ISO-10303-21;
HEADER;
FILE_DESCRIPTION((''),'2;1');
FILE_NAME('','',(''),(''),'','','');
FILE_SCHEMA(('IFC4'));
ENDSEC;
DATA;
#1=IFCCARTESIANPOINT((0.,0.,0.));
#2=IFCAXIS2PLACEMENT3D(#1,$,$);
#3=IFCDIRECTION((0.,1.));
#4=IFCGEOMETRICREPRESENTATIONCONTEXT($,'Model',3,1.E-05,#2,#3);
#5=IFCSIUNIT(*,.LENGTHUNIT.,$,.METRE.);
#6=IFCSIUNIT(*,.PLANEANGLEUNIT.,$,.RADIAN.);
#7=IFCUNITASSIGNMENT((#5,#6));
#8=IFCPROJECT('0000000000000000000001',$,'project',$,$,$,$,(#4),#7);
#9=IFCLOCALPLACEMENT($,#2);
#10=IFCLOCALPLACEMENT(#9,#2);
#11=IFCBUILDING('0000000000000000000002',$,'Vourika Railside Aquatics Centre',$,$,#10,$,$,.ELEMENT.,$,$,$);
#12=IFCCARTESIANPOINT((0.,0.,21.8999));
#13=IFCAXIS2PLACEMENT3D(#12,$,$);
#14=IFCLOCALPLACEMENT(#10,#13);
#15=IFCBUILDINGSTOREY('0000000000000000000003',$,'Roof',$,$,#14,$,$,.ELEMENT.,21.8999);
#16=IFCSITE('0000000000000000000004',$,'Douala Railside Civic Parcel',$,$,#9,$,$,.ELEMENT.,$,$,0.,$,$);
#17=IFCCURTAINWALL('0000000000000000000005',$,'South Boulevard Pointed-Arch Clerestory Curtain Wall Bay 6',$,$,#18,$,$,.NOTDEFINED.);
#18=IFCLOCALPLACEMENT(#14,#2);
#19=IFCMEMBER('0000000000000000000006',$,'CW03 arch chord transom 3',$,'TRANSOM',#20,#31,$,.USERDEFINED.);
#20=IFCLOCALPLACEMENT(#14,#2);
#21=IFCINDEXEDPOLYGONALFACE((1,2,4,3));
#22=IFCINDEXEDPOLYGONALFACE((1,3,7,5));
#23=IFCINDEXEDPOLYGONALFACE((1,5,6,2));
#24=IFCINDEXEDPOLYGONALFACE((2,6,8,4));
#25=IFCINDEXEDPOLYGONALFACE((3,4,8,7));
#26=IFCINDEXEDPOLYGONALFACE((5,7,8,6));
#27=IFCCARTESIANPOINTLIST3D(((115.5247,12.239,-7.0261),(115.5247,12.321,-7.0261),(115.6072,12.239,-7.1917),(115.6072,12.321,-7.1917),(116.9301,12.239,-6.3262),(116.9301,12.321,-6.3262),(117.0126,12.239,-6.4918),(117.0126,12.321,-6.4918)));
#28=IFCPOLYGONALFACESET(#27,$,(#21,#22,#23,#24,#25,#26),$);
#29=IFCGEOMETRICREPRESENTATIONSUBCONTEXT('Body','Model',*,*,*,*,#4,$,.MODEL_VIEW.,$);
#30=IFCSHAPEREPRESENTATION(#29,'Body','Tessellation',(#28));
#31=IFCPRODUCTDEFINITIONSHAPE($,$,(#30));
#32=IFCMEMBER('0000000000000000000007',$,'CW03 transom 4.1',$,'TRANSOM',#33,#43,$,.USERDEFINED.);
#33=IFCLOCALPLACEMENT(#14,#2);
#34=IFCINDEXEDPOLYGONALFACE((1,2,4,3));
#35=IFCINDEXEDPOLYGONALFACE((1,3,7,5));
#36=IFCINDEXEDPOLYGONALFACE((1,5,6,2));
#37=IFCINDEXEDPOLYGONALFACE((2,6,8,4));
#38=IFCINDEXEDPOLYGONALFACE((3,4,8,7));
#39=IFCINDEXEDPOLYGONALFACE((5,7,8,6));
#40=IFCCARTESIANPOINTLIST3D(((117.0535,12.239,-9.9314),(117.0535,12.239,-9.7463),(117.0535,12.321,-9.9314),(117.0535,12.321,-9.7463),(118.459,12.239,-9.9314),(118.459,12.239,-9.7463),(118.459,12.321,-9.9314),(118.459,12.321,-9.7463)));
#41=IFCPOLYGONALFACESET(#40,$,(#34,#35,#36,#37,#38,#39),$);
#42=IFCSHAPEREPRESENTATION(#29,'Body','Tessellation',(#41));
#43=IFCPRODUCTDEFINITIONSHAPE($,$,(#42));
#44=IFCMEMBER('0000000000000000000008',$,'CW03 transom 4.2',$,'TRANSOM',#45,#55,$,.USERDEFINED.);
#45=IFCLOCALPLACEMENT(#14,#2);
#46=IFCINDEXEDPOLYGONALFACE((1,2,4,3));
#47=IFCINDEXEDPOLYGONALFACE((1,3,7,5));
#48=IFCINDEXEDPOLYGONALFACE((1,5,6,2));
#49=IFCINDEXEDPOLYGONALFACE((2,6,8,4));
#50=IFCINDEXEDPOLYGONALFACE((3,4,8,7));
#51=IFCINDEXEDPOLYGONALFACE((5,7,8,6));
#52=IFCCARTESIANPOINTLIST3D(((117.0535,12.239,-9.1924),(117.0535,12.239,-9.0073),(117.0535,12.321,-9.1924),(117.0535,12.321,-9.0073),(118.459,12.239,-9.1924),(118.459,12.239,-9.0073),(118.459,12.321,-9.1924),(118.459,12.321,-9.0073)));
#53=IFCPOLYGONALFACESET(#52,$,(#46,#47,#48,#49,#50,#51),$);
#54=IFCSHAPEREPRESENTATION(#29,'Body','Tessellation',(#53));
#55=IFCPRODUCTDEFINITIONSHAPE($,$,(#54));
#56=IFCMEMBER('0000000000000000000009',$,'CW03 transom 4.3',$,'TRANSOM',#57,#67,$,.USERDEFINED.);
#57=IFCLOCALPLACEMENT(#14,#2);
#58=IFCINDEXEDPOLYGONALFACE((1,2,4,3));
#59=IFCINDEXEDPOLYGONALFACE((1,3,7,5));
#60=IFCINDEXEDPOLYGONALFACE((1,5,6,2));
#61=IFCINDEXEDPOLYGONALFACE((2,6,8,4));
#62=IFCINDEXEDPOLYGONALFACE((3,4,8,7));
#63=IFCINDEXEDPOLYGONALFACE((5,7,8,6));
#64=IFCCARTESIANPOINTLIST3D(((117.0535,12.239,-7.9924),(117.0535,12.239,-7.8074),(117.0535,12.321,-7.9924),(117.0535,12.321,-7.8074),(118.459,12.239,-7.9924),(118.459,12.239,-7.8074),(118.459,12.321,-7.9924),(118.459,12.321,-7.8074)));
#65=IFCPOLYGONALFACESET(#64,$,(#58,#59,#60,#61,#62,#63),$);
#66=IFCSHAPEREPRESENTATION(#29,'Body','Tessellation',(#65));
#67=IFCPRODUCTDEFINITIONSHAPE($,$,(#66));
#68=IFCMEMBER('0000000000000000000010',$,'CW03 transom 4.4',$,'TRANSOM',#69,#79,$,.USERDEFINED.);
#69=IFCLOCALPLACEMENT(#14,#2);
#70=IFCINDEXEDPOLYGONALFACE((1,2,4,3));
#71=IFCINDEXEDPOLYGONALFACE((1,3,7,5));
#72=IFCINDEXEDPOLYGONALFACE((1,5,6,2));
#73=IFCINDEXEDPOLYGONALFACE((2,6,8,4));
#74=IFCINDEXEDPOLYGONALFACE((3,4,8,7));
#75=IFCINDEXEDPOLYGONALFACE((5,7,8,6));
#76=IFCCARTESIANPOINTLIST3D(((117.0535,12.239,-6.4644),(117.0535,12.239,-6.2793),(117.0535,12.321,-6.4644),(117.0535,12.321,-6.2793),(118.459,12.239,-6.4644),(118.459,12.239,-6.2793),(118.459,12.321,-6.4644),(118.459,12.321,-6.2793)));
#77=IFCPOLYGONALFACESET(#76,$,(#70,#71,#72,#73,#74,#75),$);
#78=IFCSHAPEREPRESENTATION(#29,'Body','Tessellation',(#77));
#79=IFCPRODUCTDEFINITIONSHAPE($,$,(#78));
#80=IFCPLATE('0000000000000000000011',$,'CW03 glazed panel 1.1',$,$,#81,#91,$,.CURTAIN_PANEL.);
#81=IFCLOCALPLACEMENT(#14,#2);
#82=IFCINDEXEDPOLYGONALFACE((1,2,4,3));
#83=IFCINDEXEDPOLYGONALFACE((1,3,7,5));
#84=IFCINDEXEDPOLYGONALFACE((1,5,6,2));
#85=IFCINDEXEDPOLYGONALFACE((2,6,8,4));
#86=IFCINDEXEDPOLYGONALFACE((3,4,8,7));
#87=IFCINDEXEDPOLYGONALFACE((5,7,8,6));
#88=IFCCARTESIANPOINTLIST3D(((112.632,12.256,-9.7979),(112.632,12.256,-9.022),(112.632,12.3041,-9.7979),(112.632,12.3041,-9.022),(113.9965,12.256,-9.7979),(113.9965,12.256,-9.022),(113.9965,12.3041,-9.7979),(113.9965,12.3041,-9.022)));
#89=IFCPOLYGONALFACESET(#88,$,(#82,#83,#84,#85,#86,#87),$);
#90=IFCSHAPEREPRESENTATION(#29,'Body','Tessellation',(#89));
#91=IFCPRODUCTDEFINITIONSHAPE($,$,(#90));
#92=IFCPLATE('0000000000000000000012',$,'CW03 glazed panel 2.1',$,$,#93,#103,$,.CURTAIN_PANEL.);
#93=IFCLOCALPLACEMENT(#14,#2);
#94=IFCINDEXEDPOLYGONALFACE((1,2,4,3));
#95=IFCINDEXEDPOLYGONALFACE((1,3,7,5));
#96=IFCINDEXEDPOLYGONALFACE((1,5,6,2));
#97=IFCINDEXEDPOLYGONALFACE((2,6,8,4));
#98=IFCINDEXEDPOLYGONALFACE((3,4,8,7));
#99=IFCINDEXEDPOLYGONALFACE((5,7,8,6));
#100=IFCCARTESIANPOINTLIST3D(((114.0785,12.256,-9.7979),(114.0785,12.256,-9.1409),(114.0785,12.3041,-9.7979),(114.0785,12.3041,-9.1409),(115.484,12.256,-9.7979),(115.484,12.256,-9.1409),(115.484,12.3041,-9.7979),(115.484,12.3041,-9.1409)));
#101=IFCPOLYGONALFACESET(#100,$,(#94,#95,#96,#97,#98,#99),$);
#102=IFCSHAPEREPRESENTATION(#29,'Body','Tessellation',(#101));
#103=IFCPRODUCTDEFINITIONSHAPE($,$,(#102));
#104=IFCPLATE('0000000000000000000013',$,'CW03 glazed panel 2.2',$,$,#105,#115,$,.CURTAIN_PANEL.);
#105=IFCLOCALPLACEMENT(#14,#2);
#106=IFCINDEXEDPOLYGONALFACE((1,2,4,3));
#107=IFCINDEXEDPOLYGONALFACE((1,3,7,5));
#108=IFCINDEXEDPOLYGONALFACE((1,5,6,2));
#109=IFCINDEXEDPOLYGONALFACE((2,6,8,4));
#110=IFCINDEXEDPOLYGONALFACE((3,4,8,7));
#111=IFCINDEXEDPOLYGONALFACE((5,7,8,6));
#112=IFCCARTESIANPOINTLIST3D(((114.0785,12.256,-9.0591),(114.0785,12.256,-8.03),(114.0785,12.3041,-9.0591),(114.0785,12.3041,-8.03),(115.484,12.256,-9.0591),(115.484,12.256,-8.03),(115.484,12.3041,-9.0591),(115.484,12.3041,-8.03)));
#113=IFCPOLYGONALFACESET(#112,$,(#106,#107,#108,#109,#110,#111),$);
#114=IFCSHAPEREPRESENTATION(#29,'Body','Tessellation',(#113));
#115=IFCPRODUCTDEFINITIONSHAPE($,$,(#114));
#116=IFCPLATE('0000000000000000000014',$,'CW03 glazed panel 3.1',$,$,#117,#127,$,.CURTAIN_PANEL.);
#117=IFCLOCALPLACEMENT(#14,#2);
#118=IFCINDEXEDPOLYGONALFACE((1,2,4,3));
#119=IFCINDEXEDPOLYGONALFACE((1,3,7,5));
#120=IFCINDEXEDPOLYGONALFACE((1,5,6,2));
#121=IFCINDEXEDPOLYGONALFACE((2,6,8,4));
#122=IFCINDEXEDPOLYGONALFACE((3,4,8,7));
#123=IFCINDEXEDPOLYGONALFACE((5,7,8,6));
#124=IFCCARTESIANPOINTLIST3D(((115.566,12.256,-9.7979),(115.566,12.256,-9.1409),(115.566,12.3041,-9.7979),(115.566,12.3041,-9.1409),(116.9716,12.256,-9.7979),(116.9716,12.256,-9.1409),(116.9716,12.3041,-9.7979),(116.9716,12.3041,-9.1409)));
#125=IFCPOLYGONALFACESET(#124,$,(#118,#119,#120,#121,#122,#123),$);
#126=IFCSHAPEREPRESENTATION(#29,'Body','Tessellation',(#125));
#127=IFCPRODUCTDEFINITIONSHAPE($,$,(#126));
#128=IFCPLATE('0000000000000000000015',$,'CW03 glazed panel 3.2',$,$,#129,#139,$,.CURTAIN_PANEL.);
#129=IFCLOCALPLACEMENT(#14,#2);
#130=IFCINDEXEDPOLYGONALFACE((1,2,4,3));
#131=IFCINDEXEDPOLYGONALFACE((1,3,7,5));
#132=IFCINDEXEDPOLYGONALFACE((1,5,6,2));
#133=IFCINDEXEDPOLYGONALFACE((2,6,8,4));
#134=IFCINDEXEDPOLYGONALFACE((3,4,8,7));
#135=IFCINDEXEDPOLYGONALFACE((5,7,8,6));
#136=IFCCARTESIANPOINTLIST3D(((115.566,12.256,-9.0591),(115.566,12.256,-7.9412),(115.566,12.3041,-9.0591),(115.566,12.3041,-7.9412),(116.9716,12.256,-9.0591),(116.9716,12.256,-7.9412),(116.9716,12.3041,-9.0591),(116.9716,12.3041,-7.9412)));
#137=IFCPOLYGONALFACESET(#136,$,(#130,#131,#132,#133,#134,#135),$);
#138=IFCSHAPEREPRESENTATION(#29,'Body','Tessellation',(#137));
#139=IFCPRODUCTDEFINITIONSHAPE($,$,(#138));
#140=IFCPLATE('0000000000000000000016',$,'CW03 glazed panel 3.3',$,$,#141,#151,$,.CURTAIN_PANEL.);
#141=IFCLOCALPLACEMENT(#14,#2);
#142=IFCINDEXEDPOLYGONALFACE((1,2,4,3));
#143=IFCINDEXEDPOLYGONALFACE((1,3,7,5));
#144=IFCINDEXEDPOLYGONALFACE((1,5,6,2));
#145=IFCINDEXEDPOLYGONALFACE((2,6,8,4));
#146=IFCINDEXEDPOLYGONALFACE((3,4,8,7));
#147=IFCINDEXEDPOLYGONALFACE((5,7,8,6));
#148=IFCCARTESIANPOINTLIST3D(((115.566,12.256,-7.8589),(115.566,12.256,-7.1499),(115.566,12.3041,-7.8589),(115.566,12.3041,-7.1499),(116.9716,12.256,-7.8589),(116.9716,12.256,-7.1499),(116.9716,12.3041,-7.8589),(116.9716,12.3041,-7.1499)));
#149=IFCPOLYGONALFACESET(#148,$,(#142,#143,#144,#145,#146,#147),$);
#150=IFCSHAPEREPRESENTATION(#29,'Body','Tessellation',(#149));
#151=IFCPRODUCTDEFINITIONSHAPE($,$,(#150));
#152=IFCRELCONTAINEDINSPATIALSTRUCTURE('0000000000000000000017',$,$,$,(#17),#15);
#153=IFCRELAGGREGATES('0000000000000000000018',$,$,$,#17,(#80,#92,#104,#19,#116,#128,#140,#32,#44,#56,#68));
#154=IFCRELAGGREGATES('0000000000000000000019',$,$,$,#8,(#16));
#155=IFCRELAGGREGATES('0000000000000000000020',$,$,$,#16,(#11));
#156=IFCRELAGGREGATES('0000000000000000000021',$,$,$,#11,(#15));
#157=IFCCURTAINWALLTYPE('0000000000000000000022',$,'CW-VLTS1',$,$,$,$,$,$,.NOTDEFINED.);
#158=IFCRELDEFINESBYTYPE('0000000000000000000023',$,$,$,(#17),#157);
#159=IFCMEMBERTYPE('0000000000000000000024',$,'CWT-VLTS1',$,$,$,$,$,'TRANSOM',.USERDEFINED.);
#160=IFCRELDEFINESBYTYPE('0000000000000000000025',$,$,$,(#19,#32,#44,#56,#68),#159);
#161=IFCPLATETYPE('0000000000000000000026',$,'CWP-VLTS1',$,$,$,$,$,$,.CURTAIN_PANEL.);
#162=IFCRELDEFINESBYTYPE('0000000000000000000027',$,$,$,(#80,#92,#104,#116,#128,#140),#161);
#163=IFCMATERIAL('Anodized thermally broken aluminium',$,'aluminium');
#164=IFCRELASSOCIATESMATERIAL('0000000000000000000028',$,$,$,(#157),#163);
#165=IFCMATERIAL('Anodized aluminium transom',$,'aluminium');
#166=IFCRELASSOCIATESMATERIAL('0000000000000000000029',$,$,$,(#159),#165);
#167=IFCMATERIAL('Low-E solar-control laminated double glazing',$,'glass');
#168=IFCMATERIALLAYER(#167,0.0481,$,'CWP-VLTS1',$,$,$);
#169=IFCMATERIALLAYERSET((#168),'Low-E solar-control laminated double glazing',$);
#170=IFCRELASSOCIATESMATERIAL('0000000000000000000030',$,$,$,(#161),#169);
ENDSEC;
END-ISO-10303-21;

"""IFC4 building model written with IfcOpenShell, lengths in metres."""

from ifc_helpers import new_model, si_unit, direction, frame, origin, origin_2d, place, context, subcontext, project, spatial, rectangle, extrude, material, layer, layer_set, material_profile, profile_set, type_object, element, aggregate, save


model = new_model("IFC4")

# Units and contexts
model_context = context("Model", 3, precision=1e-05, world=origin(), true_north=direction((0.0, 1.0)))
body_context = subcontext(model_context, "Body", "Model", "MODEL_VIEW")
ifc_project = project(units=[si_unit("LENGTHUNIT", "METRE"), si_unit("PLANEANGLEUNIT", "RADIAN")], contexts=[model_context])

# Site, building, storey
site_placement = place(None, origin())
site = spatial("IfcSite", under=ifc_project, at=site_placement, Name="Douala Railside Civic Parcel", CompositionType="ELEMENT", RefElevation=0.0)
building_placement = place(site_placement, origin())
building = spatial("IfcBuilding", under=site, at=building_placement, Name="Vourika Railside Aquatics Centre", CompositionType="ELEMENT")
storey_placement = place(building_placement, frame((0.0, 0.0, 21.8999)))
storey = spatial("IfcBuildingStorey", under=building, at=storey_placement, Name="Roof", CompositionType="ELEMENT", Elevation=21.8999)

# Curtain wall, members, plates
ifc_material_1 = material(Name="Anodized thermally broken aluminium", Category="aluminium")
curtain_wall_type = type_object("IfcCurtainWallType", Name="CW-VLTS1", PredefinedType="NOTDEFINED", material=ifc_material_1)
curtain_wall_placement = place(storey_placement, origin())
curtain_wall = element("IfcCurtainWall", 1, at=curtain_wall_placement, inside=storey, type_object=curtain_wall_type, Name="South Boulevard Pointed-Arch Clerestory Curtain Wall Bay 6", PredefinedType="NOTDEFINED")
ifc_material_2 = material(Name="Anodized aluminium transom", Category="aluminium")
ifc_material_profile_1 = material_profile(ifc_material_2, rectangle(XDim=0.082, YDim=0.1851, at=origin_2d()), Name="ALU-T 82x185")
ifc_profile_set_1 = profile_set([ifc_material_profile_1], Name="Anodized aluminium transom")
member_type_1 = type_object("IfcMemberType", Name="CWT-VLTS1", ElementType="TRANSOM", PredefinedType="USERDEFINED", material=ifc_profile_set_1)
member_1_placement = place(storey_placement, frame((115.5659, 12.28, -7.1089), z_axis=(0.895141, 0.0, 0.445783), x_axis=(0.0, 1.0, 0.0)))
member_1 = element("IfcMember", 2, at=member_1_placement, type_object=member_type_1, Name="CW03 arch chord transom 3", ObjectType="TRANSOM", PredefinedType="USERDEFINED", context=body_context, shape_type="SweptSolid", body=[
    extrude(rectangle(XDim=0.082, YDim=0.1851, at=origin_2d()), origin(), (0.0, 0.0, 1.0), 1.5701),
])
member_2_placement = place(storey_placement, frame((117.0535, 12.28, -9.8389), z_axis=(1.0, 0.0, 0.0), x_axis=(0.0, 1.0, 0.0)))
member_2 = element("IfcMember", 3, at=member_2_placement, type_object=member_type_1, Name="CW03 transom 4.1", ObjectType="TRANSOM", PredefinedType="USERDEFINED", context=body_context, shape_type="SweptSolid", body=[
    extrude(rectangle(XDim=0.082, YDim=0.1851, at=origin_2d()), origin(), (0.0, 0.0, 1.0), 1.4055),
])
member_3_placement = place(storey_placement, frame((117.0535, 12.28, -9.0999), z_axis=(1.0, 0.0, 0.0), x_axis=(0.0, 1.0, 0.0)))
member_3 = element("IfcMember", 4, at=member_3_placement, type_object=member_type_1, Name="CW03 transom 4.2", ObjectType="TRANSOM", PredefinedType="USERDEFINED", context=body_context, shape_type="SweptSolid", body=[
    extrude(rectangle(XDim=0.082, YDim=0.1851, at=origin_2d()), origin(), (0.0, 0.0, 1.0), 1.4055),
])
member_4_placement = place(storey_placement, frame((117.0535, 12.28, -7.8999), z_axis=(1.0, 0.0, 0.0), x_axis=(0.0, 1.0, 0.0)))
member_4 = element("IfcMember", 5, at=member_4_placement, type_object=member_type_1, Name="CW03 transom 4.3", ObjectType="TRANSOM", PredefinedType="USERDEFINED", context=body_context, shape_type="SweptSolid", body=[
    extrude(rectangle(XDim=0.082, YDim=0.1851, at=origin_2d()), origin(), (0.0, 0.0, 1.0), 1.4055),
])
member_5_placement = place(storey_placement, frame((117.0535, 12.28, -6.3718), z_axis=(1.0, 0.0, 0.0), x_axis=(0.0, 1.0, 0.0)))
member_5 = element("IfcMember", 6, at=member_5_placement, type_object=member_type_1, Name="CW03 transom 4.4", ObjectType="TRANSOM", PredefinedType="USERDEFINED", context=body_context, shape_type="SweptSolid", body=[
    extrude(rectangle(XDim=0.082, YDim=0.1851, at=origin_2d()), origin(), (0.0, 0.0, 1.0), 1.4055),
])
ifc_material_3 = material(Name="Low-E solar-control laminated double glazing", Category="glass")
ifc_layer = layer(ifc_material_3, 0.0481, Name="CWP-VLTS1")
ifc_layer_set = layer_set([ifc_layer], Name="Low-E solar-control laminated double glazing")
plate_type = type_object("IfcPlateType", Name="CWP-VLTS1", PredefinedType="CURTAIN_PANEL", material=ifc_layer_set)
plate_1_placement = place(storey_placement, frame((113.3142, 12.28, -9.7979), z_axis=(0.0, 0.0, 1.0), x_axis=(1.0, 0.0, 0.0)))
plate_1 = element("IfcPlate", 7, at=plate_1_placement, type_object=plate_type, Name="CW03 glazed panel 1.1", PredefinedType="CURTAIN_PANEL", context=body_context, shape_type="SweptSolid", body=[
    extrude(rectangle(XDim=1.3645, YDim=0.0481, at=origin_2d()), origin(), (0.0, 0.0, 1.0), 0.7759),
])
plate_2_placement = place(storey_placement, frame((114.7812, 12.28, -9.7979), z_axis=(0.0, 0.0, 1.0), x_axis=(1.0, 0.0, 0.0)))
plate_2 = element("IfcPlate", 8, at=plate_2_placement, type_object=plate_type, Name="CW03 glazed panel 2.1", PredefinedType="CURTAIN_PANEL", context=body_context, shape_type="SweptSolid", body=[
    extrude(rectangle(XDim=1.4055, YDim=0.0481, at=origin_2d()), origin(), (0.0, 0.0, 1.0), 0.657),
])
plate_3_placement = place(storey_placement, frame((114.7812, 12.28, -9.0591), z_axis=(0.0, 0.0, 1.0), x_axis=(1.0, 0.0, 0.0)))
plate_3 = element("IfcPlate", 9, at=plate_3_placement, type_object=plate_type, Name="CW03 glazed panel 2.2", PredefinedType="CURTAIN_PANEL", context=body_context, shape_type="SweptSolid", body=[
    extrude(rectangle(XDim=1.4055, YDim=0.0481, at=origin_2d()), origin(), (0.0, 0.0, 1.0), 1.0291),
])
plate_4_placement = place(storey_placement, frame((116.2688, 12.28, -9.7979), z_axis=(0.0, 0.0, 1.0), x_axis=(1.0, 0.0, 0.0)))
plate_4 = element("IfcPlate", 10, at=plate_4_placement, type_object=plate_type, Name="CW03 glazed panel 3.1", PredefinedType="CURTAIN_PANEL", context=body_context, shape_type="SweptSolid", body=[
    extrude(rectangle(XDim=1.4055, YDim=0.0481, at=origin_2d()), origin(), (0.0, 0.0, 1.0), 0.657),
])
plate_5_placement = place(storey_placement, frame((116.2688, 12.28, -9.0591), z_axis=(0.0, 0.0, 1.0), x_axis=(1.0, 0.0, 0.0)))
plate_5 = element("IfcPlate", 11, at=plate_5_placement, type_object=plate_type, Name="CW03 glazed panel 3.2", PredefinedType="CURTAIN_PANEL", context=body_context, shape_type="SweptSolid", body=[
    extrude(rectangle(XDim=1.4055, YDim=0.0481, at=origin_2d()), origin(), (0.0, 0.0, 1.0), 1.1179),
])
plate_6_placement = place(storey_placement, frame((116.2688, 12.28, -7.8589), z_axis=(0.0, 0.0, 1.0), x_axis=(1.0, 0.0, 0.0)))
plate_6 = element("IfcPlate", 12, at=plate_6_placement, type_object=plate_type, Name="CW03 glazed panel 3.3", PredefinedType="CURTAIN_PANEL", context=body_context, shape_type="SweptSolid", body=[
    extrude(rectangle(XDim=1.4055, YDim=0.0481, at=origin_2d()), origin(), (0.0, 0.0, 1.0), 0.709),
])
aggregate(curtain_wall, [plate_1, plate_2, plate_3, member_1, plate_4, plate_5, plate_6, member_2, member_3, member_4, member_5])

save(model, "model.ifc")
